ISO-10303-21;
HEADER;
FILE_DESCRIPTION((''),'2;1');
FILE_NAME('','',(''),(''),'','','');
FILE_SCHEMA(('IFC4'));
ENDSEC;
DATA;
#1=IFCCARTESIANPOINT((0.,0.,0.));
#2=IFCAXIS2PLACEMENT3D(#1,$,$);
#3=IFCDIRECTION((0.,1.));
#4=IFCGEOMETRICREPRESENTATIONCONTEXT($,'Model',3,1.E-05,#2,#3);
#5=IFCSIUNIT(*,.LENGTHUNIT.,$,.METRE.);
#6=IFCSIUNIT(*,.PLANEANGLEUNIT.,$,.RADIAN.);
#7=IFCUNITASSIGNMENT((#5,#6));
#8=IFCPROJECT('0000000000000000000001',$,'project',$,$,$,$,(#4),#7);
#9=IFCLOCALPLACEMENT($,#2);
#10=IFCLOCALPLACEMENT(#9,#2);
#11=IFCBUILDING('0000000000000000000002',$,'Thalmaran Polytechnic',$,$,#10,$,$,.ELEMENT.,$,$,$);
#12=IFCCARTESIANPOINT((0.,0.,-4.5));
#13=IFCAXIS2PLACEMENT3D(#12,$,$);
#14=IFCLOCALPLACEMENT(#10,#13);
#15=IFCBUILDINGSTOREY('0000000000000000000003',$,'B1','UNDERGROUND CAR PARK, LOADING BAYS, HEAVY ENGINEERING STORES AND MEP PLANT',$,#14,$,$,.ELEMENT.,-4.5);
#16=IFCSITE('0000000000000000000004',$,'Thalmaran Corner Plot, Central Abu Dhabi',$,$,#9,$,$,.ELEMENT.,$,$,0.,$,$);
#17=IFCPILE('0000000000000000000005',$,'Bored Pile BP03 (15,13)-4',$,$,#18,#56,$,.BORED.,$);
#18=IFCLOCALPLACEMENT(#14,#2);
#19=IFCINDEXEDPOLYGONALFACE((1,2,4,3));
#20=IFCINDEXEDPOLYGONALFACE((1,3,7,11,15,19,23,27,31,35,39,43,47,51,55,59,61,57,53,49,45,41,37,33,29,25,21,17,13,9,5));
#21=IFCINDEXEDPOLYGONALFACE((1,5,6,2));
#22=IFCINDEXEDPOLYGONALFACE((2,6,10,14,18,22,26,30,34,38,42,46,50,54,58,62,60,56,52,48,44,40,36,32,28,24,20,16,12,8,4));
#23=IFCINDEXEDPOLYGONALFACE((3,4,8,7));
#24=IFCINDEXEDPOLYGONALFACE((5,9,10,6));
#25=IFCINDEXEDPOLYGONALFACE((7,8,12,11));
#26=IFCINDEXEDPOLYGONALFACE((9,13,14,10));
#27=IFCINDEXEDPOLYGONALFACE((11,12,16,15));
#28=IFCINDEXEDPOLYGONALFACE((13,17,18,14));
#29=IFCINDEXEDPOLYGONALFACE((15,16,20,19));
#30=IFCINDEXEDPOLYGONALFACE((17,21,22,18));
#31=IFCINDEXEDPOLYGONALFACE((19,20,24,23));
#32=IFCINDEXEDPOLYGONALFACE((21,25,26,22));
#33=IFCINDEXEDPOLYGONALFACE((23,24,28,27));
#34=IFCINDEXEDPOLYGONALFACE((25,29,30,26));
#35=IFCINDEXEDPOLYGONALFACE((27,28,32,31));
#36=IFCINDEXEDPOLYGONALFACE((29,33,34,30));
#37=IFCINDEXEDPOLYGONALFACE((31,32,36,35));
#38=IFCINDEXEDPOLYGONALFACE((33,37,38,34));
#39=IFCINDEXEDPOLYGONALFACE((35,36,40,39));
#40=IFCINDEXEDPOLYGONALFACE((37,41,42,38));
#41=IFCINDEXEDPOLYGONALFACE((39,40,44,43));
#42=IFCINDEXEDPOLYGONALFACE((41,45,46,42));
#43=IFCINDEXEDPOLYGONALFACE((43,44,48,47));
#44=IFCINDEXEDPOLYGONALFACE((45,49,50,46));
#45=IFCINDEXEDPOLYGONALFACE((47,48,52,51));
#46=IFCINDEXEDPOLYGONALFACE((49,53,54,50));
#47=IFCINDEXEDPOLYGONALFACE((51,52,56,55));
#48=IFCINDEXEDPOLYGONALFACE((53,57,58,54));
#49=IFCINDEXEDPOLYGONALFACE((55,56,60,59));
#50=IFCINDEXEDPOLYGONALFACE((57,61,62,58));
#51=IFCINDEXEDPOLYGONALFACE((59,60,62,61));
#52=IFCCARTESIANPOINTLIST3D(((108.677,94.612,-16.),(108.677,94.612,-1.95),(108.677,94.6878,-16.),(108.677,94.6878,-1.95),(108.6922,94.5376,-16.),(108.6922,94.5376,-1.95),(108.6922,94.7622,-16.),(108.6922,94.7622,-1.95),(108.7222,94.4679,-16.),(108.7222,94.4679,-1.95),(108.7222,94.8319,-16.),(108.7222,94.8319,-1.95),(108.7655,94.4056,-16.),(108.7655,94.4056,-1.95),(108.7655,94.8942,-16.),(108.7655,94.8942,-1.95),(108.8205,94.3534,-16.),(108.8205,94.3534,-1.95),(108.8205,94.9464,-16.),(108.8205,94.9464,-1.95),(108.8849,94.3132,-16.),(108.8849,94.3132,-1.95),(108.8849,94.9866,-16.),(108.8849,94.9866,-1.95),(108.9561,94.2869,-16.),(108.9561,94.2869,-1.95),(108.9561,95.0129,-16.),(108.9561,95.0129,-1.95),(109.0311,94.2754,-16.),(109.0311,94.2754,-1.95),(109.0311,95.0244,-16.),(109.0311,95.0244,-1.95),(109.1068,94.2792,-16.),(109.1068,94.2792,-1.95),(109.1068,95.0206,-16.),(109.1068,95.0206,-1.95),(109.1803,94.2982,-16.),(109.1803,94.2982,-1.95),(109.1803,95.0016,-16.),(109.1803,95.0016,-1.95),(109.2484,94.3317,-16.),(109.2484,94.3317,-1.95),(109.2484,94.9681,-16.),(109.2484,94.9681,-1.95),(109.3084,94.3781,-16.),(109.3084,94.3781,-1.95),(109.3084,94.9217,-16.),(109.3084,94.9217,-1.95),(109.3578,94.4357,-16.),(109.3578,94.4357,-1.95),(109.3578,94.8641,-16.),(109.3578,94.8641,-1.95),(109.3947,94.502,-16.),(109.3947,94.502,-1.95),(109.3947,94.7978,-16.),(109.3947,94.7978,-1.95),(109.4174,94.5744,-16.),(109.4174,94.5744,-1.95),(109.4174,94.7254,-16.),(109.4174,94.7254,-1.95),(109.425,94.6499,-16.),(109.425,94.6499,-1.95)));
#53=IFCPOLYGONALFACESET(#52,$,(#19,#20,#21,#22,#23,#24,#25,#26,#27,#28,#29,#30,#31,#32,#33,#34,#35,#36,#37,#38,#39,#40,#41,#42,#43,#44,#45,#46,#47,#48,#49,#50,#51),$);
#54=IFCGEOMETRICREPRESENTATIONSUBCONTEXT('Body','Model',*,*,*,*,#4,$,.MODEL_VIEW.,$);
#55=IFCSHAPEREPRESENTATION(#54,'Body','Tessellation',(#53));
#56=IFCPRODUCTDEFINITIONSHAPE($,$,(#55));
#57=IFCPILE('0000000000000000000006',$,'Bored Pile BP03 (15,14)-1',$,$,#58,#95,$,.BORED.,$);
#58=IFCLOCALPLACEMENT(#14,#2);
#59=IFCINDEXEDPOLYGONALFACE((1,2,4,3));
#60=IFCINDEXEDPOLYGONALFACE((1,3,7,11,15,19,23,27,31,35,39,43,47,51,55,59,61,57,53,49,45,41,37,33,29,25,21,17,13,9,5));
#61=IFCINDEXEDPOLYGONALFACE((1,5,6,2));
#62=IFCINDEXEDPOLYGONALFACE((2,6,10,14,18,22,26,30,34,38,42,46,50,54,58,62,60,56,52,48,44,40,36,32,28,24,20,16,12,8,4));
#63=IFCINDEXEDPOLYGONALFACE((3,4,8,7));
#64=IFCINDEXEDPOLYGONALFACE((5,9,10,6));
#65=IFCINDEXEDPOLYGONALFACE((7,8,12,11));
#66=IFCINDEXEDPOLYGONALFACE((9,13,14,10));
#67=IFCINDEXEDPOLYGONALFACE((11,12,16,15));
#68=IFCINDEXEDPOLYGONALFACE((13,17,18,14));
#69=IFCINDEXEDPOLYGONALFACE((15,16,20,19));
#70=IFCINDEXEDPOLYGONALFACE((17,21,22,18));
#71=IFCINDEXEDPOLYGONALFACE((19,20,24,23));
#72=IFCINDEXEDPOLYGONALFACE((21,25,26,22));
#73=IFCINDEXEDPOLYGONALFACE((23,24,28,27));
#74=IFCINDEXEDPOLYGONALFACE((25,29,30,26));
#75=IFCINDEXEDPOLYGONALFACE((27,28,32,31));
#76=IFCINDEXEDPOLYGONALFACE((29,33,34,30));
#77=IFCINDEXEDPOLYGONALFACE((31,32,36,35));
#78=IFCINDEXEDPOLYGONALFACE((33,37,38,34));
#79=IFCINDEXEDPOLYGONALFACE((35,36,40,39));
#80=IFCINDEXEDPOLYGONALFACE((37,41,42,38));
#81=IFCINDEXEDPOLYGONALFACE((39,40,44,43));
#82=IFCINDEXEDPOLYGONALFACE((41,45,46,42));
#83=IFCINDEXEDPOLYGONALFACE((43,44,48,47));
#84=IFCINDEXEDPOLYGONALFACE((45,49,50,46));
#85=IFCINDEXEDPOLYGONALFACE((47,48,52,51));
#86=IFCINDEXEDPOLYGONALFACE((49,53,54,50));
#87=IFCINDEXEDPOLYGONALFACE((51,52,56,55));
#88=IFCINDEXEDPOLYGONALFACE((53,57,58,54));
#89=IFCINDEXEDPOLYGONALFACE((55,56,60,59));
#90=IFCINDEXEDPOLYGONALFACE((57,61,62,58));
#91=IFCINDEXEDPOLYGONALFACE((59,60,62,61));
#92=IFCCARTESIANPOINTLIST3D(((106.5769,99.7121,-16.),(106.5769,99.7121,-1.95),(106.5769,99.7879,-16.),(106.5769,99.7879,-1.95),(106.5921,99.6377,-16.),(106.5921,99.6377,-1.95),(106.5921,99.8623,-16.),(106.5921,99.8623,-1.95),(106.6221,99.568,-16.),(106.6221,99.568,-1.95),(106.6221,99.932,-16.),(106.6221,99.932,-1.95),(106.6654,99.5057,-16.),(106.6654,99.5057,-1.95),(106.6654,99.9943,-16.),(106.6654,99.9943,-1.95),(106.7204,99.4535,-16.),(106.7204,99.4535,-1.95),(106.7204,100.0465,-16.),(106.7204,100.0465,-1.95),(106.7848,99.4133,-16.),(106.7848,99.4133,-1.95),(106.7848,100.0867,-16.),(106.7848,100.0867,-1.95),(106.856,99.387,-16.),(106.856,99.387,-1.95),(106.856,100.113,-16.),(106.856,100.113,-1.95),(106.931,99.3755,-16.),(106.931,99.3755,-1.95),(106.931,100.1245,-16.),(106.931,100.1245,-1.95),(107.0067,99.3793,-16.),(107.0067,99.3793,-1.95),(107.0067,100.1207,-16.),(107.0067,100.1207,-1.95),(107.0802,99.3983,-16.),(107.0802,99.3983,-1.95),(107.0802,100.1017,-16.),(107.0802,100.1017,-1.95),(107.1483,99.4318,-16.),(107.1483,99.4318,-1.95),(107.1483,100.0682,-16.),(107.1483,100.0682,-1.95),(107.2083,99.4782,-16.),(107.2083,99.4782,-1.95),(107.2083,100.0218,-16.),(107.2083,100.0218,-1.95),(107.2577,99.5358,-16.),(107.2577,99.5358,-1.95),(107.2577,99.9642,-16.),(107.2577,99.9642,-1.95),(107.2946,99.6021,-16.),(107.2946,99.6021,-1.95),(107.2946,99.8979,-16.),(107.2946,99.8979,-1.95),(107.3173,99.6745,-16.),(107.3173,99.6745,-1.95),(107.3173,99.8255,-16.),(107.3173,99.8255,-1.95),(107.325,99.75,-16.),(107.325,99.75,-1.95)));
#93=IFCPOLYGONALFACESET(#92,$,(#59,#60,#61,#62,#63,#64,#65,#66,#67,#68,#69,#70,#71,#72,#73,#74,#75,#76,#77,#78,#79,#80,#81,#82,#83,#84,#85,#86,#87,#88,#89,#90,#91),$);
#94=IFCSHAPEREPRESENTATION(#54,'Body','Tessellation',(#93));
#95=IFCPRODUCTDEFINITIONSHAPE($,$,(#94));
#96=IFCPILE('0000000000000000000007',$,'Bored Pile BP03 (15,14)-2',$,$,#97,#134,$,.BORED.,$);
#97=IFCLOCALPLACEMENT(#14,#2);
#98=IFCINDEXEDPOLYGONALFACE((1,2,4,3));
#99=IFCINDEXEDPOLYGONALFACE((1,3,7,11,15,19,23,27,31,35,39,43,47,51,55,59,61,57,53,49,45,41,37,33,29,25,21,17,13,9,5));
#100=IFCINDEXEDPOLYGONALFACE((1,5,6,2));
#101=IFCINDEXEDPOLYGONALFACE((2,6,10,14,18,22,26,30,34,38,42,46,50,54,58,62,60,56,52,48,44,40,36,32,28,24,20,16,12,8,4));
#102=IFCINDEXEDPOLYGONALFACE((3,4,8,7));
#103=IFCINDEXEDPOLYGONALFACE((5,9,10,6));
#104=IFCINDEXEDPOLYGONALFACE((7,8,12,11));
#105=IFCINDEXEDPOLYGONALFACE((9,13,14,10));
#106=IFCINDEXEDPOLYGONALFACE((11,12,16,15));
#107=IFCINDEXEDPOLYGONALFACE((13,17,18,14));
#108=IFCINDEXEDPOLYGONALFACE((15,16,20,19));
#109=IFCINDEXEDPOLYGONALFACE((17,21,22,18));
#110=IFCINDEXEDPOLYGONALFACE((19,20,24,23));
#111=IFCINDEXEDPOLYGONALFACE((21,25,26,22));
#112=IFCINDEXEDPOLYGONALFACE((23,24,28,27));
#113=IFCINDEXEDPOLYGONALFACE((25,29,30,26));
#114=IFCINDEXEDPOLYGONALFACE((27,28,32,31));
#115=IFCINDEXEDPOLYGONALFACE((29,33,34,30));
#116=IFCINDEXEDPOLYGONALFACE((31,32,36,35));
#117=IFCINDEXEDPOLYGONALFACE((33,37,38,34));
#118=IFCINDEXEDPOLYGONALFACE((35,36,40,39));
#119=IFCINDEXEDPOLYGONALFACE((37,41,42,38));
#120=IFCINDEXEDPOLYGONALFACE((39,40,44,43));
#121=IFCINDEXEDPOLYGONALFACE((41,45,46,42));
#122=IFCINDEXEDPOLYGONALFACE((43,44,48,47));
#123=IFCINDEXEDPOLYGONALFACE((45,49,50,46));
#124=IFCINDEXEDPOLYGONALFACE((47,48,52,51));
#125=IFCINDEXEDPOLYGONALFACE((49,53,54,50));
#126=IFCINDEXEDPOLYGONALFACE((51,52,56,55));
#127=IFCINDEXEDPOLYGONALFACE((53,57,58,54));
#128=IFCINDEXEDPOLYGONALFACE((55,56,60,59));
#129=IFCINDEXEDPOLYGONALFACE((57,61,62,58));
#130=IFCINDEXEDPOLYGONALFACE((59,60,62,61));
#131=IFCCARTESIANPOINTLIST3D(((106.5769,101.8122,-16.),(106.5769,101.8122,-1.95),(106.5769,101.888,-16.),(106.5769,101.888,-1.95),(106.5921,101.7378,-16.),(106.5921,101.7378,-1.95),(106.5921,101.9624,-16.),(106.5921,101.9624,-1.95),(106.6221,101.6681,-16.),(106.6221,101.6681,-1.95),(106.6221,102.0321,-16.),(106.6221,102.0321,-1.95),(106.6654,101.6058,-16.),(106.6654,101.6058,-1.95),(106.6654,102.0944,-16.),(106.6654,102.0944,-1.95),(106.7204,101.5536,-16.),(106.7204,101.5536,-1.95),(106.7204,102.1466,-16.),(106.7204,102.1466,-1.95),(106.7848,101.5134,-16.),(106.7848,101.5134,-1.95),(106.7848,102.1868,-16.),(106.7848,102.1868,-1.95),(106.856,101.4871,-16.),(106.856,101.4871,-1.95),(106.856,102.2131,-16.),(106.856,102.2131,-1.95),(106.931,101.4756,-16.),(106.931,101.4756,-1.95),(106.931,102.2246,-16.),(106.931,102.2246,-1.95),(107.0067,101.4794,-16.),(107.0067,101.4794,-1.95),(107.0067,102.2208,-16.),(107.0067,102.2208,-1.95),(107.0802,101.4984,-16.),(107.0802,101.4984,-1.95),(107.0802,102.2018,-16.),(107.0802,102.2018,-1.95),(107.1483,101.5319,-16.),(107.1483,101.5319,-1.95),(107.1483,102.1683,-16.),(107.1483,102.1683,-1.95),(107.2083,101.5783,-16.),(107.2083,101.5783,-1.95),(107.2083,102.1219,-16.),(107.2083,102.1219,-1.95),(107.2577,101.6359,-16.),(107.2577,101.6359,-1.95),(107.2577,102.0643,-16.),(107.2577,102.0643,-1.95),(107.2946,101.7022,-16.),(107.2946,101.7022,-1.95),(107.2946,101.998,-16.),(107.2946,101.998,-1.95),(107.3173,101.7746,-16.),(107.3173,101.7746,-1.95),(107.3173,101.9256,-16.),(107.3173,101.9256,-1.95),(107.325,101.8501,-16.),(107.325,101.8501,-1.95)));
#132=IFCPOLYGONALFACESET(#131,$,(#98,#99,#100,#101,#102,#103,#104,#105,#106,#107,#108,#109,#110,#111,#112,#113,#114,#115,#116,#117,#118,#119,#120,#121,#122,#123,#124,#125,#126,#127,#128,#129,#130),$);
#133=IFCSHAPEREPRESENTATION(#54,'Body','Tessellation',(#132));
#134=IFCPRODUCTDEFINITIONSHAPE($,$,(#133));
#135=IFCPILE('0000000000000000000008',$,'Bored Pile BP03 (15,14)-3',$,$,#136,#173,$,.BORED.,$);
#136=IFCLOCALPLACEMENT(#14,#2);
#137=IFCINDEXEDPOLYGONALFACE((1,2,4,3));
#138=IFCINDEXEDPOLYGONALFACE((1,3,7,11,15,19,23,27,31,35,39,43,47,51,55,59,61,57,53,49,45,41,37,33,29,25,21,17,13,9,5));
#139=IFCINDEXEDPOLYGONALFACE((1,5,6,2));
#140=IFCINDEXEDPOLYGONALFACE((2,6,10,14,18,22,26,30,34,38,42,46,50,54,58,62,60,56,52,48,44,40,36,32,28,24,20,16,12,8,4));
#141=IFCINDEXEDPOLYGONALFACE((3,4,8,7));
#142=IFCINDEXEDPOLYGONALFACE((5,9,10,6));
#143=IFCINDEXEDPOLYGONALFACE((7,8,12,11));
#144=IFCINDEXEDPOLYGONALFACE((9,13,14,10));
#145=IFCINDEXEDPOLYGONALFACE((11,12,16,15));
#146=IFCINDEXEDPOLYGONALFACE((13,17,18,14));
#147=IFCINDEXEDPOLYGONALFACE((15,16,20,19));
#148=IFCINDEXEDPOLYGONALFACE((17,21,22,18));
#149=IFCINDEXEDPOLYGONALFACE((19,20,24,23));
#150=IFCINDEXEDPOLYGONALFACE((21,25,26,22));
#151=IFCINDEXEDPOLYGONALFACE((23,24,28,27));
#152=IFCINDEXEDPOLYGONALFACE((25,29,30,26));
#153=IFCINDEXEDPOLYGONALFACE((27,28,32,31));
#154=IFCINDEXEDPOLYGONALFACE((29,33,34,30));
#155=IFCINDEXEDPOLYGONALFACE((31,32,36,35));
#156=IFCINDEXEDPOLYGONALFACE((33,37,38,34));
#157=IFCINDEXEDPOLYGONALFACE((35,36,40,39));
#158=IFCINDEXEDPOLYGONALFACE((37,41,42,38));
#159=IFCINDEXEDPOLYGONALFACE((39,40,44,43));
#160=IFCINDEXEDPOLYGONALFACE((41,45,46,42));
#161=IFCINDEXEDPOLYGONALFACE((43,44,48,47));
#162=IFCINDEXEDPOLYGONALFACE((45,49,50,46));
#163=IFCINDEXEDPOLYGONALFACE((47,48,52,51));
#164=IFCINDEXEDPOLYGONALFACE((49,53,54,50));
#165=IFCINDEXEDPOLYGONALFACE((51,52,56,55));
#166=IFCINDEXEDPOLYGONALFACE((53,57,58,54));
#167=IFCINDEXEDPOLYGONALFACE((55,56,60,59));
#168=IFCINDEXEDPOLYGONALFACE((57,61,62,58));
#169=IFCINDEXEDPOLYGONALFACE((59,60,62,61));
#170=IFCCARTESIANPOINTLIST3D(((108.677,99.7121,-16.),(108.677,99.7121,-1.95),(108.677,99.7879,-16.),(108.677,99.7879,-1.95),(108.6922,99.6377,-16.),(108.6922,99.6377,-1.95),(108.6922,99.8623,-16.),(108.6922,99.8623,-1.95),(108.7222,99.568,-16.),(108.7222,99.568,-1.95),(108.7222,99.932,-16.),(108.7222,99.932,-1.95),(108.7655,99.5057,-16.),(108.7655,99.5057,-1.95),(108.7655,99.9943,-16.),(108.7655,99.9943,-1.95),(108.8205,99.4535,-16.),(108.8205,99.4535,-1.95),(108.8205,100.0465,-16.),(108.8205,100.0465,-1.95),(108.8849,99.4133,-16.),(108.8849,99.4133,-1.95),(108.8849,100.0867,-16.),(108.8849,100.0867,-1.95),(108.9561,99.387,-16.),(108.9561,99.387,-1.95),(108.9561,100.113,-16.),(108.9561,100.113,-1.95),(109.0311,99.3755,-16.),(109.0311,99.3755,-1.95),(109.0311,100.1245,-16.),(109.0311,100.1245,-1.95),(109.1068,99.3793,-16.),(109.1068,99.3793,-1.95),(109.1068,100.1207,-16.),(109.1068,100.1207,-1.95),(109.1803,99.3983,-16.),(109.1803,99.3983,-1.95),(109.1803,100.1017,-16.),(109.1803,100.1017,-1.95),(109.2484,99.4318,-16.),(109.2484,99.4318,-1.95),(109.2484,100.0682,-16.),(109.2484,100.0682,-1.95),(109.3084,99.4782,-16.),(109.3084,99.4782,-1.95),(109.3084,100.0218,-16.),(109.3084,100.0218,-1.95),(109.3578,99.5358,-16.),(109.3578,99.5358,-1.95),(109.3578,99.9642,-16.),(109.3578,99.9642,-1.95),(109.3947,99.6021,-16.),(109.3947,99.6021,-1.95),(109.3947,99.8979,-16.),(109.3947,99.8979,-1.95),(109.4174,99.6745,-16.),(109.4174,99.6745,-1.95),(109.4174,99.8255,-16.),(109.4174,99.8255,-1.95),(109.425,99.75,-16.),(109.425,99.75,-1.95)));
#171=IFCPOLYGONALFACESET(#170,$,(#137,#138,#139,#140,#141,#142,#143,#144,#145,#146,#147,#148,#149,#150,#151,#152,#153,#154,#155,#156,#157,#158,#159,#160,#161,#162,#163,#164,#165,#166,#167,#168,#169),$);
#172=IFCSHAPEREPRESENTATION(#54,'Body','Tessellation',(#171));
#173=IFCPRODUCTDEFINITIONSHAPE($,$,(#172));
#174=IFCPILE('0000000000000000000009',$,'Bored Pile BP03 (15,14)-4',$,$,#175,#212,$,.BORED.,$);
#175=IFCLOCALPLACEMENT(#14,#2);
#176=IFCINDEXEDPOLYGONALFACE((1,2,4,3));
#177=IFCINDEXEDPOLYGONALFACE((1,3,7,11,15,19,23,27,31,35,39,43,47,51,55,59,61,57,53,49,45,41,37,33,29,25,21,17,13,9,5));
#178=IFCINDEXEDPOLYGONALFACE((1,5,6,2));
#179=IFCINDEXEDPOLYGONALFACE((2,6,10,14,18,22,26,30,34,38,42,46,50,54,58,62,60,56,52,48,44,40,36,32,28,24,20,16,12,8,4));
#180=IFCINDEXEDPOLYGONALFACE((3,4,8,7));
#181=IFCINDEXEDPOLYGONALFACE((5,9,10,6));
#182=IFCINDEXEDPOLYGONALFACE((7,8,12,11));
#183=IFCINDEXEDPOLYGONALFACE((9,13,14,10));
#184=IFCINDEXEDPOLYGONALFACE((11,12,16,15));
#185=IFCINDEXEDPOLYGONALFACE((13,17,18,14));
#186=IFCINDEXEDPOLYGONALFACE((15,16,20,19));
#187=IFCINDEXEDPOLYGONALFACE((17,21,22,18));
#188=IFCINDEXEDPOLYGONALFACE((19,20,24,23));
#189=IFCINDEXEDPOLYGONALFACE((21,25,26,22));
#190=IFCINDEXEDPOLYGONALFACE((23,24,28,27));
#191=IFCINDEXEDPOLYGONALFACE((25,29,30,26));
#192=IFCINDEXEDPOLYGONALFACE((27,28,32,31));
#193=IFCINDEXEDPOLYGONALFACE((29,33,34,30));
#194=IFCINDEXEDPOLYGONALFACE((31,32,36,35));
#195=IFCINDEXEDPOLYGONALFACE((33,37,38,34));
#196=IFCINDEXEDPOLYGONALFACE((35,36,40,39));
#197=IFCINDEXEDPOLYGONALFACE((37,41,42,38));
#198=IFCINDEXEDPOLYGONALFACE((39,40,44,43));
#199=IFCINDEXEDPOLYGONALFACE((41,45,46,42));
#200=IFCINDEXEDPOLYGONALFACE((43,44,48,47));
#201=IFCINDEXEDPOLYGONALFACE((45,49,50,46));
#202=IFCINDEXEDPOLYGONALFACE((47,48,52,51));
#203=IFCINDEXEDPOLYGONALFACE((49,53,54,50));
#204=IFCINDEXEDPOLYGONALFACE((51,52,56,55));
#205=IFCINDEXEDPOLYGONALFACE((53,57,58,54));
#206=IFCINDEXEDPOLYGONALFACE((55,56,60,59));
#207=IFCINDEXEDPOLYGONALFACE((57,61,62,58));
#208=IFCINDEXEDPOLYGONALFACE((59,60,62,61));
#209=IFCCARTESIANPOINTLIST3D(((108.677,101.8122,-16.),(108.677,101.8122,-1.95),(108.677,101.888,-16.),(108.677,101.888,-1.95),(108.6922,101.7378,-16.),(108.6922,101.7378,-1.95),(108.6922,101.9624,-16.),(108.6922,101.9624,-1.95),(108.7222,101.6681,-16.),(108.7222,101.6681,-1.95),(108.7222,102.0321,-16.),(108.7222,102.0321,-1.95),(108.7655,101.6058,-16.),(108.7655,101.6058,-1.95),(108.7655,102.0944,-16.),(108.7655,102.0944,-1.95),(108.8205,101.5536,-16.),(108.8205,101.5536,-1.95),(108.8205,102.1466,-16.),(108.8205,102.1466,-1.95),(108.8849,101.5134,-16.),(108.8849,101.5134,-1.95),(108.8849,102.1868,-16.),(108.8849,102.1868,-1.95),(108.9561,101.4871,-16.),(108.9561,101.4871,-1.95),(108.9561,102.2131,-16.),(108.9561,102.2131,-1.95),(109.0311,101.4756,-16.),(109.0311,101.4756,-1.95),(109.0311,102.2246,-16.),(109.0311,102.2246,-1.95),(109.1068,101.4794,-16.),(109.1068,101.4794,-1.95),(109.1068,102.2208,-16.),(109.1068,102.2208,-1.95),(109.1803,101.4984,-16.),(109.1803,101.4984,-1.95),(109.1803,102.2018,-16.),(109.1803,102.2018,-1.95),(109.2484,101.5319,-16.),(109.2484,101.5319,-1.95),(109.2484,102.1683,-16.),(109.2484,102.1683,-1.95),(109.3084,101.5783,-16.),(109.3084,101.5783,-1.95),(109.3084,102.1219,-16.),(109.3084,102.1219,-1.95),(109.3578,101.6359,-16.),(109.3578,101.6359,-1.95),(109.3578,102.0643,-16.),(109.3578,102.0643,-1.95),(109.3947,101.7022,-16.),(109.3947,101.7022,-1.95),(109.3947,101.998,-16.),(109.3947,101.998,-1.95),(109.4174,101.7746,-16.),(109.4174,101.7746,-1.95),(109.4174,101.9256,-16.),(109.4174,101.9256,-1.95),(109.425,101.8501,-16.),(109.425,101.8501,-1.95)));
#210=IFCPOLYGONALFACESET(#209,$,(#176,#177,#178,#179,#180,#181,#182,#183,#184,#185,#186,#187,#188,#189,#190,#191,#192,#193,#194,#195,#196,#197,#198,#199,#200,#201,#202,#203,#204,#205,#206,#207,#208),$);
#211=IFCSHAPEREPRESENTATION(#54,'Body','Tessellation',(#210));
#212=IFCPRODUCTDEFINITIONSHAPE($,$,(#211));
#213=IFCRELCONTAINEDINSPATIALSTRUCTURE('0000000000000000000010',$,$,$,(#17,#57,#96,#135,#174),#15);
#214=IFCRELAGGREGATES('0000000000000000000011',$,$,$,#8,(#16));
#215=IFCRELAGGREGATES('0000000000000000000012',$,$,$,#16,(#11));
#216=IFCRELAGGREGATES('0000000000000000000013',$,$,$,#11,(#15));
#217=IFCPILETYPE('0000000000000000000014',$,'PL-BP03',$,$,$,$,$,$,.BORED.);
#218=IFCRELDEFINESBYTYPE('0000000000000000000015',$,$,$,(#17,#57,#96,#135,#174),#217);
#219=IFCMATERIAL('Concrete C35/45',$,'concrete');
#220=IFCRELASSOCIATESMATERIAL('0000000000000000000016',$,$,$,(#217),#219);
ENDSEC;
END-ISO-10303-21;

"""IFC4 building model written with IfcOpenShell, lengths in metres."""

from ifc_helpers import new_model, si_unit, direction, frame, origin, origin_2d, place, context, subcontext, project, spatial, circle, extrude, material, material_profile, profile_set, type_object, element, save


model = new_model("IFC4")

# Units and contexts
model_context = context("Model", 3, precision=1e-05, world=origin(), true_north=direction((0.0, 1.0)))
body_context = subcontext(model_context, "Body", "Model", "MODEL_VIEW")
ifc_project = project(units=[si_unit("LENGTHUNIT", "METRE"), si_unit("PLANEANGLEUNIT", "RADIAN")], contexts=[model_context])

# Site, building, storey
site_placement = place(None, origin())
site = spatial("IfcSite", under=ifc_project, at=site_placement, Name="Thalmaran Corner Plot, Central Abu Dhabi", CompositionType="ELEMENT", RefElevation=0.0)
building_placement = place(site_placement, origin())
building = spatial("IfcBuilding", under=site, at=building_placement, Name="Thalmaran Polytechnic", CompositionType="ELEMENT")
storey_placement = place(building_placement, frame((0.0, 0.0, -4.5)))
storey = spatial("IfcBuildingStorey", under=building, at=storey_placement, Name="B1", Description="UNDERGROUND CAR PARK, LOADING BAYS, HEAVY ENGINEERING STORES AND MEP PLANT", CompositionType="ELEMENT", Elevation=-4.5)

# Piles
ifc_material_1 = material(Name="Concrete C35/45", Category="concrete")
ifc_material_profile_1 = material_profile(ifc_material_1, circle(Radius=0.375, at=origin_2d()), Name="RC 750 DIA")
ifc_profile_set_1 = profile_set([ifc_material_profile_1], Name="Concrete C35/45")
pile_type = type_object("IfcPileType", Name="PL-BP03", PredefinedType="BORED", material=ifc_profile_set_1)
for number, where, z_axis, x_axis, name in (
    (1, (109.05, 94.6499, -1.95), (0.0, 0.0, -1.0), (1.0, 0.0, 0.0), "Bored Pile BP03 (15,13)-4"),
    (2, (106.95, 99.75, -1.95), (0.0, 0.0, -1.0), (1.0, 0.0, 0.0), "Bored Pile BP03 (15,14)-1"),
    (3, (106.95, 101.8501, -1.95), (0.0, 0.0, -1.0), (1.0, 0.0, 0.0), "Bored Pile BP03 (15,14)-2"),
    (4, (109.05, 99.75, -1.95), (0.0, 0.0, -1.0), (1.0, 0.0, 0.0), "Bored Pile BP03 (15,14)-3"),
    (5, (109.05, 101.8501, -1.95), (0.0, 0.0, -1.0), (1.0, 0.0, 0.0), "Bored Pile BP03 (15,14)-4"),
):
    element("IfcPile", number, at=place(storey_placement, frame(where, z_axis=z_axis, x_axis=x_axis)), inside=storey, type_object=pile_type, Name=name, PredefinedType="BORED", context=body_context, shape_type="SweptSolid", body=[
        extrude(circle(Radius=0.375, at=origin_2d()), origin(), (0.0, 0.0, 1.0), 14.05),
    ])

save(model, "model.ifc")
